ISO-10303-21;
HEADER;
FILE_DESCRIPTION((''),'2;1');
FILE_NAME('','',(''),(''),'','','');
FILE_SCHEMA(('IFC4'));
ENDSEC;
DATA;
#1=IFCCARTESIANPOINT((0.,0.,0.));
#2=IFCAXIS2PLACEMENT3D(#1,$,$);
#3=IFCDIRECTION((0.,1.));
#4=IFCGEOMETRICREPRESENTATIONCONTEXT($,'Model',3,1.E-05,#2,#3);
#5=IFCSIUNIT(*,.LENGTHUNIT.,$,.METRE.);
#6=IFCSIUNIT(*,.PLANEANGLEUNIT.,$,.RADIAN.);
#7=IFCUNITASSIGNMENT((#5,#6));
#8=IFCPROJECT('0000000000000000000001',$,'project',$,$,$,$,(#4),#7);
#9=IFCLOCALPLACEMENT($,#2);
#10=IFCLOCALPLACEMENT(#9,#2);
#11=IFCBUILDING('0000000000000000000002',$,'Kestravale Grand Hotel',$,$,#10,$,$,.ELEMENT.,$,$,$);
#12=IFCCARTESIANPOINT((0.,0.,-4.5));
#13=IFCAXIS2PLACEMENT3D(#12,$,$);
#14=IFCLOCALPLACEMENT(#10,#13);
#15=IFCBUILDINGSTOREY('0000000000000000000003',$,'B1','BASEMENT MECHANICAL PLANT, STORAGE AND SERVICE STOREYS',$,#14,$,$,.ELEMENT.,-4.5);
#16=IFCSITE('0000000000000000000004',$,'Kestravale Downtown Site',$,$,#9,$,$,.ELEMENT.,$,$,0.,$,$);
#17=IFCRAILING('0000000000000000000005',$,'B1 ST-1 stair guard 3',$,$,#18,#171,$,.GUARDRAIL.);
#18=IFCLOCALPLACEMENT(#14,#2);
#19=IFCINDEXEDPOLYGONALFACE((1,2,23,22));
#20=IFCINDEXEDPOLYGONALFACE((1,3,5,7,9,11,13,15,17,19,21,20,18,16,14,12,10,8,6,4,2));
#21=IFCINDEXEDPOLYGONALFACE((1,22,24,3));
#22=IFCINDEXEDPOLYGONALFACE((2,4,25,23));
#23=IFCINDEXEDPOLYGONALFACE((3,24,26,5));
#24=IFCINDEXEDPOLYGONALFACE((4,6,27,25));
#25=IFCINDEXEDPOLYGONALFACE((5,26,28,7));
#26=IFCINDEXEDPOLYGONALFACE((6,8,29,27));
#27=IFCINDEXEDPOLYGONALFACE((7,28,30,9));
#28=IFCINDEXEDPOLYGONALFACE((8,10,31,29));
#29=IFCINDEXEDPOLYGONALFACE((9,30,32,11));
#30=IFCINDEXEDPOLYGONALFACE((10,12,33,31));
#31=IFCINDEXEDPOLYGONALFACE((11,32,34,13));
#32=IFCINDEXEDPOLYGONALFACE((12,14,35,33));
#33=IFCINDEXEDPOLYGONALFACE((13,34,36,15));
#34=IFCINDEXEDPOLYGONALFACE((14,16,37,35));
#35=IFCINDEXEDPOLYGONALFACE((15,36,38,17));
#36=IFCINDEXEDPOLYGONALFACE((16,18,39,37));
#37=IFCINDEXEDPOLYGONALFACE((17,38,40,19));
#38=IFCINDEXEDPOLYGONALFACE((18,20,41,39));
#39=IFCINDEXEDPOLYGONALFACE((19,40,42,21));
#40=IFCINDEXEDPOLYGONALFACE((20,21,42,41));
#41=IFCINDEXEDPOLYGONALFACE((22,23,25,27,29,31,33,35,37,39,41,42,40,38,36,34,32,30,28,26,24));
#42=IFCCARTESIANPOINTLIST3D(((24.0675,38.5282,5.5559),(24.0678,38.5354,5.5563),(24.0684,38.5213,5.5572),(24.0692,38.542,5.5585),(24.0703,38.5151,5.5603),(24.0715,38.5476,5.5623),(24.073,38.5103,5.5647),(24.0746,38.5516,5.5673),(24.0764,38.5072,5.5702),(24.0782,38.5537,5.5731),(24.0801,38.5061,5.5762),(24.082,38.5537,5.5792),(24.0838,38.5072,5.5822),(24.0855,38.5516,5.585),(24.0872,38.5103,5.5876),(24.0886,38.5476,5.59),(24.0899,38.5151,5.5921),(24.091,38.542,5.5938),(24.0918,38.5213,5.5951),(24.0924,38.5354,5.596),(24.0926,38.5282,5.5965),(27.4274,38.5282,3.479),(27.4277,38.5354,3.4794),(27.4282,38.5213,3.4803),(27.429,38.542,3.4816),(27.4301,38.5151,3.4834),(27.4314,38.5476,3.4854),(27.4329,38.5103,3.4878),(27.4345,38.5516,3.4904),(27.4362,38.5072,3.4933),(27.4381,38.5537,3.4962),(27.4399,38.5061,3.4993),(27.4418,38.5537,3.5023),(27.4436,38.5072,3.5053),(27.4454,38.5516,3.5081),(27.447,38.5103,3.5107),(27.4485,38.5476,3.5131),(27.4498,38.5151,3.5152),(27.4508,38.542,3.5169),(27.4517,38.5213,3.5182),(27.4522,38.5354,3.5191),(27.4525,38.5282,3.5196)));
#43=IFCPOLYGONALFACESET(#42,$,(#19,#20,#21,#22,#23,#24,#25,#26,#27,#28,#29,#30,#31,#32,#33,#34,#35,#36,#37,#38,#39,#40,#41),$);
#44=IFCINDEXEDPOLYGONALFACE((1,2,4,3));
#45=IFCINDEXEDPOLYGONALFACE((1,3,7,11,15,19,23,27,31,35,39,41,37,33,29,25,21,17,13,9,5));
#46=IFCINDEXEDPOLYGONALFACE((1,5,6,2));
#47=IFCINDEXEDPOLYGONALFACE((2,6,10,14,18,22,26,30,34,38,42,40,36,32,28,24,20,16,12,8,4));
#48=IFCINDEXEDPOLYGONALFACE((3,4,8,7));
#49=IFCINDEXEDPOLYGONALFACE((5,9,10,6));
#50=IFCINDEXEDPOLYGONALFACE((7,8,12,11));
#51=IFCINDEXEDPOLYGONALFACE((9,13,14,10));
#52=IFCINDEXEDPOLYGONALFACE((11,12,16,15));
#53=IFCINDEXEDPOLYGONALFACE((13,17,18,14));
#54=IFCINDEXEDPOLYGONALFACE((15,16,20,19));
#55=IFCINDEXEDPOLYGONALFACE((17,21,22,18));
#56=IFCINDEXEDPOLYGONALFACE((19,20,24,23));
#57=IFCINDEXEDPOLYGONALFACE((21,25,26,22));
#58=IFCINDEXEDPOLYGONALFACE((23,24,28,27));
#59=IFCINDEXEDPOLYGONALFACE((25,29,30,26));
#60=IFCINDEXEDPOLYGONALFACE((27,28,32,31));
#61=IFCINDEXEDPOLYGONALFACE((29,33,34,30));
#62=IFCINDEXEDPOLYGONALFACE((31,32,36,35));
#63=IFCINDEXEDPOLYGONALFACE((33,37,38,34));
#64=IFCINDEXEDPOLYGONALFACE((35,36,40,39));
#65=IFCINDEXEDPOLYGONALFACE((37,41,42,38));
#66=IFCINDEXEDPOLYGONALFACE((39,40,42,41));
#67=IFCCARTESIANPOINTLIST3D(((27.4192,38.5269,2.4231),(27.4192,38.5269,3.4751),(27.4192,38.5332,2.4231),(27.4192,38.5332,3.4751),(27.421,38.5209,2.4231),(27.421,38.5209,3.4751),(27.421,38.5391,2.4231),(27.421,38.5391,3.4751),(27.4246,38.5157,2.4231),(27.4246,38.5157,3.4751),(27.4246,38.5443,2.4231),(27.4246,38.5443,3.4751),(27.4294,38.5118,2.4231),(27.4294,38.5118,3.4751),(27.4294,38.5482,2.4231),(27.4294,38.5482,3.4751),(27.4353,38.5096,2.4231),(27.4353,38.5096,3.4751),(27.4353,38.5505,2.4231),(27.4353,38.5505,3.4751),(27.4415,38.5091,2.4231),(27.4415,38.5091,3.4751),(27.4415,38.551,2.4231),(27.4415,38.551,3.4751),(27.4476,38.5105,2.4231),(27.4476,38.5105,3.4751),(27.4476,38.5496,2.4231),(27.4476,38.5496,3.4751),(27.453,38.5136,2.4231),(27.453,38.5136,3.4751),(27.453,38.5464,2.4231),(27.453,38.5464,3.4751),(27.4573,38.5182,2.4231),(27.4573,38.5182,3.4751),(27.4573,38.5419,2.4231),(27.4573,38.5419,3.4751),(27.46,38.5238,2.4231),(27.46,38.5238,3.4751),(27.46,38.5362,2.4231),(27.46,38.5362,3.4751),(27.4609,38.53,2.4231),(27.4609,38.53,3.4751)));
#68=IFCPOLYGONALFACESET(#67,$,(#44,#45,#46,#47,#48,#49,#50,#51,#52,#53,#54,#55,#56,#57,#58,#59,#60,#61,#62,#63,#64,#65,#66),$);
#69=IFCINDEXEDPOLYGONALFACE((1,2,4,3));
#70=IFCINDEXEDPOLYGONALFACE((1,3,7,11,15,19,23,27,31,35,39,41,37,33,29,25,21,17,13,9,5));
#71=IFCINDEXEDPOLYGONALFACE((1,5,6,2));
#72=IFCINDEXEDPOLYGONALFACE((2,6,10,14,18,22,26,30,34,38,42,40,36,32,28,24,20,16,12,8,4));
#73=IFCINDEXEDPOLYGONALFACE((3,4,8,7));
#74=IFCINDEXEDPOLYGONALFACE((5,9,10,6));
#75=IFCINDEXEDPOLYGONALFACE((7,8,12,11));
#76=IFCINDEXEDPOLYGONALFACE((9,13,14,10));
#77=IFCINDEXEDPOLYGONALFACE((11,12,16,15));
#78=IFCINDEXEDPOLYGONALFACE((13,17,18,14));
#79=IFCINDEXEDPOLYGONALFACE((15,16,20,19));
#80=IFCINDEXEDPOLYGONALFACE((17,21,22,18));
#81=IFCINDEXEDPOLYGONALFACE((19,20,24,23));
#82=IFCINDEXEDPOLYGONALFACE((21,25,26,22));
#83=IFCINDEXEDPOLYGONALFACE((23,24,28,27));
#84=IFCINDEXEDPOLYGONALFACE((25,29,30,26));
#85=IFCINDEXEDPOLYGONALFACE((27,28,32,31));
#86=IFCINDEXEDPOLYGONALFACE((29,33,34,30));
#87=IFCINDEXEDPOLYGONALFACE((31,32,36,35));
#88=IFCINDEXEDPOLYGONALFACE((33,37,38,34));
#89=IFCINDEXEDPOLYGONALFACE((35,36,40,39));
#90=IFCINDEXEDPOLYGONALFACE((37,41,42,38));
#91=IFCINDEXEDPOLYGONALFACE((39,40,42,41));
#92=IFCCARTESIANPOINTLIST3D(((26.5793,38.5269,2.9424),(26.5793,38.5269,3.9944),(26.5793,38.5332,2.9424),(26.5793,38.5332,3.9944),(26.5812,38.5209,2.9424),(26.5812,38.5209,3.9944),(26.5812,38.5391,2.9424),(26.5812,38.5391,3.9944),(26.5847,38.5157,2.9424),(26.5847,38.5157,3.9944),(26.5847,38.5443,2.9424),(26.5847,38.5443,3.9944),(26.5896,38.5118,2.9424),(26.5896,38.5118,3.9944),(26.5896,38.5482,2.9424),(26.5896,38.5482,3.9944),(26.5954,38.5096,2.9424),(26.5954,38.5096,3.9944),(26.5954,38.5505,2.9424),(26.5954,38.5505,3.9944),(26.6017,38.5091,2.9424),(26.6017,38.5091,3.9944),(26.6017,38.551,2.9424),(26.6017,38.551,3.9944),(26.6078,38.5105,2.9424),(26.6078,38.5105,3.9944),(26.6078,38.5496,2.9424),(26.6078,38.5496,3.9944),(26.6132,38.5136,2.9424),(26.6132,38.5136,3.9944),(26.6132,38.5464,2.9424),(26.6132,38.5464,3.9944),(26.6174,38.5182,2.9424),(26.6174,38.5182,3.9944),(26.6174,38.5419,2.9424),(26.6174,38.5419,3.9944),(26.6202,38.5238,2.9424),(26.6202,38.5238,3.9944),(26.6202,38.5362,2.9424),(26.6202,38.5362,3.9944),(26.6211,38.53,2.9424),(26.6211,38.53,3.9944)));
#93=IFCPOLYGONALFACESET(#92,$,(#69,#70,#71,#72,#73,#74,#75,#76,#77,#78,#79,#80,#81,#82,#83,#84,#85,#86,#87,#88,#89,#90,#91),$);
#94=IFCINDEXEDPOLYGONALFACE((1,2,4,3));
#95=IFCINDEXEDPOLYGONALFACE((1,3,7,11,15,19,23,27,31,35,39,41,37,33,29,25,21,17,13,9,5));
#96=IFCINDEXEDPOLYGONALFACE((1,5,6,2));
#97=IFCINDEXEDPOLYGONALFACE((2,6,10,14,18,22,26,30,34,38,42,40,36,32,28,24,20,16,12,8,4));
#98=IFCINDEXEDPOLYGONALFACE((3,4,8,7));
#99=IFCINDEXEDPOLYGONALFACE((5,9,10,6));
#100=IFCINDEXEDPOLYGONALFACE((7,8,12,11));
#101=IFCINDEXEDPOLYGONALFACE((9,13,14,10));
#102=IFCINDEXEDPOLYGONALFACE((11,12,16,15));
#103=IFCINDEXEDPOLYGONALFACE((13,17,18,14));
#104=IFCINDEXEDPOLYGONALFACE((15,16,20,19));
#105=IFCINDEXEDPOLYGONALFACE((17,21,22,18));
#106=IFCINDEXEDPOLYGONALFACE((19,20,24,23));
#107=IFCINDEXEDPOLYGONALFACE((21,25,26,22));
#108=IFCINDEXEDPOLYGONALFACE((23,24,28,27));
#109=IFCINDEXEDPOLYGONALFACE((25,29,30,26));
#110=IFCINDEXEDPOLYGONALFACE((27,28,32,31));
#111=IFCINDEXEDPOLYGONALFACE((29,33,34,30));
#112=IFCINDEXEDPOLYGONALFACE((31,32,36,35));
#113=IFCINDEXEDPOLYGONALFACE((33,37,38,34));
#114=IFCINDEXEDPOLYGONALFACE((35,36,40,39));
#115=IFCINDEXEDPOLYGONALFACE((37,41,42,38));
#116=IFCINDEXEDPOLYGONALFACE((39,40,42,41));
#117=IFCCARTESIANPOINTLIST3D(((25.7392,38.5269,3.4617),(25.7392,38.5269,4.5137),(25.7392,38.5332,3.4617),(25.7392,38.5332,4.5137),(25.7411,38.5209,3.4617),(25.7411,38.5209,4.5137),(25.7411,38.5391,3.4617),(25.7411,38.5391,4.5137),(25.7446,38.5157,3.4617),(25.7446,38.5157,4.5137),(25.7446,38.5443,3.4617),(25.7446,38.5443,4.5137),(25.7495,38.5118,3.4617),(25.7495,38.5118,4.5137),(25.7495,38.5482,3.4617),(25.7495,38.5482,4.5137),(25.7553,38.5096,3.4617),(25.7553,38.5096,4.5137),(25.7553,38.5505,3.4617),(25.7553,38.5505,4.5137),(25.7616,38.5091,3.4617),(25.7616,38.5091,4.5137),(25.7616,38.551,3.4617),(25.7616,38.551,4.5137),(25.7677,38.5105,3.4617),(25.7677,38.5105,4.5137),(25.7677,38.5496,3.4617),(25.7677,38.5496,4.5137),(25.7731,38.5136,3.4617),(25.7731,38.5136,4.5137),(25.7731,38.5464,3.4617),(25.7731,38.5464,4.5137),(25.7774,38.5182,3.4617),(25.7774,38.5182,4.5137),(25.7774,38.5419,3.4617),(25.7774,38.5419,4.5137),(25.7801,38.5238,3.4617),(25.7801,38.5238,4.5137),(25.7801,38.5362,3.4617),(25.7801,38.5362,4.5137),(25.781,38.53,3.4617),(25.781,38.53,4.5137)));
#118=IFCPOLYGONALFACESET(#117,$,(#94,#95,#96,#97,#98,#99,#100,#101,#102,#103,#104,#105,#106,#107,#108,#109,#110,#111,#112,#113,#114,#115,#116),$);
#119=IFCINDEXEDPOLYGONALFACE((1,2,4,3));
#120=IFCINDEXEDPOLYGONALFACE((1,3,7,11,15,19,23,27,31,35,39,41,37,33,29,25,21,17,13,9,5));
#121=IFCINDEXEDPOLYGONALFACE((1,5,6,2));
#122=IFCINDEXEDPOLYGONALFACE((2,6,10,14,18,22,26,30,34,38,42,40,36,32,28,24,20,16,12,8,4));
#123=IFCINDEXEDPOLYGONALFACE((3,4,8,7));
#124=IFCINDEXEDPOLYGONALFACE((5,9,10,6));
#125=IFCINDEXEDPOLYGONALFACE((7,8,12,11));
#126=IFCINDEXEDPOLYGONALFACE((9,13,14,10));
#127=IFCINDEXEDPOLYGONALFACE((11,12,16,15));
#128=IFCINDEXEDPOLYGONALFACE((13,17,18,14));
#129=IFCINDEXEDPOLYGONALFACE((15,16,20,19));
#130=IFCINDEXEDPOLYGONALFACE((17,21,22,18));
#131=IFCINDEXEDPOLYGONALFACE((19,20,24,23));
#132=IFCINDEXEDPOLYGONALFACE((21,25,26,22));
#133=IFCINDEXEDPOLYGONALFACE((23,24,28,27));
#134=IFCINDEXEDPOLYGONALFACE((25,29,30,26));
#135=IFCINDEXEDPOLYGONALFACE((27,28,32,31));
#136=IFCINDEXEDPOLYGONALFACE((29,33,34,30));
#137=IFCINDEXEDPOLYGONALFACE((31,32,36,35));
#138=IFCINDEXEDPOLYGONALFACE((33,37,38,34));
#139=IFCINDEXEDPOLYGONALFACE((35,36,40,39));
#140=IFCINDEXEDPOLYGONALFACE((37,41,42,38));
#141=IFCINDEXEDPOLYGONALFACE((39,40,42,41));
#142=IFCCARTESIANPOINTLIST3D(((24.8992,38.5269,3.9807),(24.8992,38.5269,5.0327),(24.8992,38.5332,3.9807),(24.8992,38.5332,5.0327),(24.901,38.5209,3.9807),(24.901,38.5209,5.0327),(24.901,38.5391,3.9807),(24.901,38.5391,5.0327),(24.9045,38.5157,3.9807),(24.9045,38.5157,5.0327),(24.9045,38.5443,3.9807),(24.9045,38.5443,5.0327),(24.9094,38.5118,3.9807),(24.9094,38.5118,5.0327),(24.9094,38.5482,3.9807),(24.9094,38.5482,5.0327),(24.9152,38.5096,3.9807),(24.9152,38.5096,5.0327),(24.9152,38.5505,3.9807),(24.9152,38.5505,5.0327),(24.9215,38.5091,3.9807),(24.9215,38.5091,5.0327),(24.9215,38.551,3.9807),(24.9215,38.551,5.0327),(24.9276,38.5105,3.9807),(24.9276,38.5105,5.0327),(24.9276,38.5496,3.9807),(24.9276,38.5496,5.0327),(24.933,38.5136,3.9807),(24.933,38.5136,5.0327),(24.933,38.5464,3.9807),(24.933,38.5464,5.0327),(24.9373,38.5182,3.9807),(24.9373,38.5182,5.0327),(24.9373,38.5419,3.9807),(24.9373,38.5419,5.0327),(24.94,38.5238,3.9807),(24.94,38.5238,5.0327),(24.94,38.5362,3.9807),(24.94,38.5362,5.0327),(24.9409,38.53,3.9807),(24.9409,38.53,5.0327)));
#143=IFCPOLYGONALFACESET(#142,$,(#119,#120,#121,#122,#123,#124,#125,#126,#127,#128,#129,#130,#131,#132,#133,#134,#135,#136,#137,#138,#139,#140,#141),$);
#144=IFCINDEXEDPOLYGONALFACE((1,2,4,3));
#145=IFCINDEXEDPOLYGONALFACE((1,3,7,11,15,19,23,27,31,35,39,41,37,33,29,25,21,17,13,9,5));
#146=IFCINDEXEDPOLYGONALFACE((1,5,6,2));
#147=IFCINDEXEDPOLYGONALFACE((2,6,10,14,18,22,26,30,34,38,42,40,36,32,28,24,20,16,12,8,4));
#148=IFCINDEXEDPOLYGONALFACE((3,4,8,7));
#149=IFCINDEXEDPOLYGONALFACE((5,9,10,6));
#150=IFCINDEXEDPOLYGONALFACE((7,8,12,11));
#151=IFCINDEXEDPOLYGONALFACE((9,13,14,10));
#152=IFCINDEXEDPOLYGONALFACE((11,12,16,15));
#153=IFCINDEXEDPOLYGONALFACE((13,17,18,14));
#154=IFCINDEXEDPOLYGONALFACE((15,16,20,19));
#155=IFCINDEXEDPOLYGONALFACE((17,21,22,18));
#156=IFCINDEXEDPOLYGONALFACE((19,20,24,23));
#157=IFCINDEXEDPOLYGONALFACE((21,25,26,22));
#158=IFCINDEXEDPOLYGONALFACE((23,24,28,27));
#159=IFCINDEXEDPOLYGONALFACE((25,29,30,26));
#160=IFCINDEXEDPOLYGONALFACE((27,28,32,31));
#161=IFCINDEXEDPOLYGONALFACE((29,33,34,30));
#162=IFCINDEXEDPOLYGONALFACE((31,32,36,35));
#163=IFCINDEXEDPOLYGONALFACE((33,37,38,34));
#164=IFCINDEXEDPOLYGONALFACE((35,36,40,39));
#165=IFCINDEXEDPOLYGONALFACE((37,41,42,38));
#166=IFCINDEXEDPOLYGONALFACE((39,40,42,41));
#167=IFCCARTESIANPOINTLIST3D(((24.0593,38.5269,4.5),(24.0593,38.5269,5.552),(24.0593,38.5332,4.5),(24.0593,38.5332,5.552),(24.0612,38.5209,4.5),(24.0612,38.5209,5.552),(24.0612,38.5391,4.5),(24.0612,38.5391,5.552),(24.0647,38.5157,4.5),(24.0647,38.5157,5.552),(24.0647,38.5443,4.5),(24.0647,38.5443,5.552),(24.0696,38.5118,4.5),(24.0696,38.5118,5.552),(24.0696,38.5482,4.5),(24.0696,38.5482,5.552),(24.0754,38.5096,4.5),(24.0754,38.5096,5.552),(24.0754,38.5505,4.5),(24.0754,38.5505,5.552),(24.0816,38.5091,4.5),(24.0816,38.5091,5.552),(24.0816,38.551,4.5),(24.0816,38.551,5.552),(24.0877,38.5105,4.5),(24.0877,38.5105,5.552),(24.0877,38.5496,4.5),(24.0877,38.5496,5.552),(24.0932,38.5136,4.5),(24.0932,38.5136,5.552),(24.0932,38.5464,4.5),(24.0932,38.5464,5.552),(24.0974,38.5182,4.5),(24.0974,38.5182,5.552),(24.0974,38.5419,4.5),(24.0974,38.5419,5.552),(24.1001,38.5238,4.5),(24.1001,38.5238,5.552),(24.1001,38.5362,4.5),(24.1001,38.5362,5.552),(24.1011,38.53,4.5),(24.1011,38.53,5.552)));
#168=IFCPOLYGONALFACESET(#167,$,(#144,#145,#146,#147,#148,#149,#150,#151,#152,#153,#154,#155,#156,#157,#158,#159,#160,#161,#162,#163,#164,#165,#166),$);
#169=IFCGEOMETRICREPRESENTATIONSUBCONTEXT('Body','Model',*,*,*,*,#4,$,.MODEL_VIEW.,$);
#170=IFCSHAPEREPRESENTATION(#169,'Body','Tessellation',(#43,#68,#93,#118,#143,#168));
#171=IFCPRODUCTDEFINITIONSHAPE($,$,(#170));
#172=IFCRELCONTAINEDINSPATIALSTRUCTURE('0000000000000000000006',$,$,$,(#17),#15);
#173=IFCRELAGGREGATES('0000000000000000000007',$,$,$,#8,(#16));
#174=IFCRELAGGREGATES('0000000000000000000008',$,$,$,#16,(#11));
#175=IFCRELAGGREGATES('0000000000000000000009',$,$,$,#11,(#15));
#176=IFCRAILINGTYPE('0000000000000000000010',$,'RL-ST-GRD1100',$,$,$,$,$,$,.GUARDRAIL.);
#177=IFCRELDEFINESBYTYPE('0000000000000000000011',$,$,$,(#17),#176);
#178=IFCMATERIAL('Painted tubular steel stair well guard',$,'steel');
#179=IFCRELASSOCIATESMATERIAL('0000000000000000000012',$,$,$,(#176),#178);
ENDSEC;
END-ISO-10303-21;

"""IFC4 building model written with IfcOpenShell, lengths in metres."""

from ifc_helpers import new_model, si_unit, direction, frame, origin, origin_2d, place, context, subcontext, project, spatial, circle, extrude, material, type_object, element, save


model = new_model("IFC4")

# Units and contexts
model_context = context("Model", 3, precision=1e-05, world=origin(), true_north=direction((0.0, 1.0)))
body_context = subcontext(model_context, "Body", "Model", "MODEL_VIEW")
ifc_project = project(units=[si_unit("LENGTHUNIT", "METRE"), si_unit("PLANEANGLEUNIT", "RADIAN")], contexts=[model_context])

# Site, building, storey
site_placement = place(None, origin())
site = spatial("IfcSite", under=ifc_project, at=site_placement, Name="Kestravale Downtown Site", CompositionType="ELEMENT", RefElevation=0.0)
building_placement = place(site_placement, origin())
building = spatial("IfcBuilding", under=site, at=building_placement, Name="Kestravale Grand Hotel", CompositionType="ELEMENT")
storey_placement = place(building_placement, frame((0.0, 0.0, -4.5)))
storey = spatial("IfcBuildingStorey", under=building, at=storey_placement, Name="B1", Description="BASEMENT MECHANICAL PLANT, STORAGE AND SERVICE STOREYS", CompositionType="ELEMENT", Elevation=-4.5)

# Railing
ifc_material_1 = material(Name="Painted tubular steel stair well guard", Category="steel")
railing_type_1 = type_object("IfcRailingType", Name="RL-ST-GRD1100", PredefinedType="GUARDRAIL", material=ifc_material_1)
railing_1_placement = place(storey_placement, frame((27.4399, 38.53, 2.4231)))
element("IfcRailing", 1, at=railing_1_placement, inside=storey, type_object=railing_type_1, Name="B1 ST-1 stair guard 3", PredefinedType="GUARDRAIL", context=body_context, shape_type="SweptSolid", body=[
    extrude(circle(Radius=0.0239, at=origin_2d()), frame((0.0, 0.0, 1.0762), z_axis=(-0.850606, 0.0, 0.525803), x_axis=(0.0, -1.0, 0.0)), (0.0, 0.0, 1.0), 3.95),
    extrude(circle(Radius=0.021, at=origin_2d()), origin(), (0.0, 0.0, 1.0), 1.052),
    extrude(circle(Radius=0.021, at=origin_2d()), frame((-0.8398, 0.0, 0.5193)), (0.0, 0.0, 1.0), 1.052),
    extrude(circle(Radius=0.021, at=origin_2d()), frame((-1.6799, 0.0, 1.0386)), (0.0, 0.0, 1.0), 1.052),
    extrude(circle(Radius=0.021, at=origin_2d()), frame((-2.52, 0.0, 1.5576)), (0.0, 0.0, 1.0), 1.052),
    extrude(circle(Radius=0.021, at=origin_2d()), frame((-3.3599, 0.0, 2.0769)), (0.0, 0.0, 1.0), 1.052),
])

save(model, "model.ifc")
